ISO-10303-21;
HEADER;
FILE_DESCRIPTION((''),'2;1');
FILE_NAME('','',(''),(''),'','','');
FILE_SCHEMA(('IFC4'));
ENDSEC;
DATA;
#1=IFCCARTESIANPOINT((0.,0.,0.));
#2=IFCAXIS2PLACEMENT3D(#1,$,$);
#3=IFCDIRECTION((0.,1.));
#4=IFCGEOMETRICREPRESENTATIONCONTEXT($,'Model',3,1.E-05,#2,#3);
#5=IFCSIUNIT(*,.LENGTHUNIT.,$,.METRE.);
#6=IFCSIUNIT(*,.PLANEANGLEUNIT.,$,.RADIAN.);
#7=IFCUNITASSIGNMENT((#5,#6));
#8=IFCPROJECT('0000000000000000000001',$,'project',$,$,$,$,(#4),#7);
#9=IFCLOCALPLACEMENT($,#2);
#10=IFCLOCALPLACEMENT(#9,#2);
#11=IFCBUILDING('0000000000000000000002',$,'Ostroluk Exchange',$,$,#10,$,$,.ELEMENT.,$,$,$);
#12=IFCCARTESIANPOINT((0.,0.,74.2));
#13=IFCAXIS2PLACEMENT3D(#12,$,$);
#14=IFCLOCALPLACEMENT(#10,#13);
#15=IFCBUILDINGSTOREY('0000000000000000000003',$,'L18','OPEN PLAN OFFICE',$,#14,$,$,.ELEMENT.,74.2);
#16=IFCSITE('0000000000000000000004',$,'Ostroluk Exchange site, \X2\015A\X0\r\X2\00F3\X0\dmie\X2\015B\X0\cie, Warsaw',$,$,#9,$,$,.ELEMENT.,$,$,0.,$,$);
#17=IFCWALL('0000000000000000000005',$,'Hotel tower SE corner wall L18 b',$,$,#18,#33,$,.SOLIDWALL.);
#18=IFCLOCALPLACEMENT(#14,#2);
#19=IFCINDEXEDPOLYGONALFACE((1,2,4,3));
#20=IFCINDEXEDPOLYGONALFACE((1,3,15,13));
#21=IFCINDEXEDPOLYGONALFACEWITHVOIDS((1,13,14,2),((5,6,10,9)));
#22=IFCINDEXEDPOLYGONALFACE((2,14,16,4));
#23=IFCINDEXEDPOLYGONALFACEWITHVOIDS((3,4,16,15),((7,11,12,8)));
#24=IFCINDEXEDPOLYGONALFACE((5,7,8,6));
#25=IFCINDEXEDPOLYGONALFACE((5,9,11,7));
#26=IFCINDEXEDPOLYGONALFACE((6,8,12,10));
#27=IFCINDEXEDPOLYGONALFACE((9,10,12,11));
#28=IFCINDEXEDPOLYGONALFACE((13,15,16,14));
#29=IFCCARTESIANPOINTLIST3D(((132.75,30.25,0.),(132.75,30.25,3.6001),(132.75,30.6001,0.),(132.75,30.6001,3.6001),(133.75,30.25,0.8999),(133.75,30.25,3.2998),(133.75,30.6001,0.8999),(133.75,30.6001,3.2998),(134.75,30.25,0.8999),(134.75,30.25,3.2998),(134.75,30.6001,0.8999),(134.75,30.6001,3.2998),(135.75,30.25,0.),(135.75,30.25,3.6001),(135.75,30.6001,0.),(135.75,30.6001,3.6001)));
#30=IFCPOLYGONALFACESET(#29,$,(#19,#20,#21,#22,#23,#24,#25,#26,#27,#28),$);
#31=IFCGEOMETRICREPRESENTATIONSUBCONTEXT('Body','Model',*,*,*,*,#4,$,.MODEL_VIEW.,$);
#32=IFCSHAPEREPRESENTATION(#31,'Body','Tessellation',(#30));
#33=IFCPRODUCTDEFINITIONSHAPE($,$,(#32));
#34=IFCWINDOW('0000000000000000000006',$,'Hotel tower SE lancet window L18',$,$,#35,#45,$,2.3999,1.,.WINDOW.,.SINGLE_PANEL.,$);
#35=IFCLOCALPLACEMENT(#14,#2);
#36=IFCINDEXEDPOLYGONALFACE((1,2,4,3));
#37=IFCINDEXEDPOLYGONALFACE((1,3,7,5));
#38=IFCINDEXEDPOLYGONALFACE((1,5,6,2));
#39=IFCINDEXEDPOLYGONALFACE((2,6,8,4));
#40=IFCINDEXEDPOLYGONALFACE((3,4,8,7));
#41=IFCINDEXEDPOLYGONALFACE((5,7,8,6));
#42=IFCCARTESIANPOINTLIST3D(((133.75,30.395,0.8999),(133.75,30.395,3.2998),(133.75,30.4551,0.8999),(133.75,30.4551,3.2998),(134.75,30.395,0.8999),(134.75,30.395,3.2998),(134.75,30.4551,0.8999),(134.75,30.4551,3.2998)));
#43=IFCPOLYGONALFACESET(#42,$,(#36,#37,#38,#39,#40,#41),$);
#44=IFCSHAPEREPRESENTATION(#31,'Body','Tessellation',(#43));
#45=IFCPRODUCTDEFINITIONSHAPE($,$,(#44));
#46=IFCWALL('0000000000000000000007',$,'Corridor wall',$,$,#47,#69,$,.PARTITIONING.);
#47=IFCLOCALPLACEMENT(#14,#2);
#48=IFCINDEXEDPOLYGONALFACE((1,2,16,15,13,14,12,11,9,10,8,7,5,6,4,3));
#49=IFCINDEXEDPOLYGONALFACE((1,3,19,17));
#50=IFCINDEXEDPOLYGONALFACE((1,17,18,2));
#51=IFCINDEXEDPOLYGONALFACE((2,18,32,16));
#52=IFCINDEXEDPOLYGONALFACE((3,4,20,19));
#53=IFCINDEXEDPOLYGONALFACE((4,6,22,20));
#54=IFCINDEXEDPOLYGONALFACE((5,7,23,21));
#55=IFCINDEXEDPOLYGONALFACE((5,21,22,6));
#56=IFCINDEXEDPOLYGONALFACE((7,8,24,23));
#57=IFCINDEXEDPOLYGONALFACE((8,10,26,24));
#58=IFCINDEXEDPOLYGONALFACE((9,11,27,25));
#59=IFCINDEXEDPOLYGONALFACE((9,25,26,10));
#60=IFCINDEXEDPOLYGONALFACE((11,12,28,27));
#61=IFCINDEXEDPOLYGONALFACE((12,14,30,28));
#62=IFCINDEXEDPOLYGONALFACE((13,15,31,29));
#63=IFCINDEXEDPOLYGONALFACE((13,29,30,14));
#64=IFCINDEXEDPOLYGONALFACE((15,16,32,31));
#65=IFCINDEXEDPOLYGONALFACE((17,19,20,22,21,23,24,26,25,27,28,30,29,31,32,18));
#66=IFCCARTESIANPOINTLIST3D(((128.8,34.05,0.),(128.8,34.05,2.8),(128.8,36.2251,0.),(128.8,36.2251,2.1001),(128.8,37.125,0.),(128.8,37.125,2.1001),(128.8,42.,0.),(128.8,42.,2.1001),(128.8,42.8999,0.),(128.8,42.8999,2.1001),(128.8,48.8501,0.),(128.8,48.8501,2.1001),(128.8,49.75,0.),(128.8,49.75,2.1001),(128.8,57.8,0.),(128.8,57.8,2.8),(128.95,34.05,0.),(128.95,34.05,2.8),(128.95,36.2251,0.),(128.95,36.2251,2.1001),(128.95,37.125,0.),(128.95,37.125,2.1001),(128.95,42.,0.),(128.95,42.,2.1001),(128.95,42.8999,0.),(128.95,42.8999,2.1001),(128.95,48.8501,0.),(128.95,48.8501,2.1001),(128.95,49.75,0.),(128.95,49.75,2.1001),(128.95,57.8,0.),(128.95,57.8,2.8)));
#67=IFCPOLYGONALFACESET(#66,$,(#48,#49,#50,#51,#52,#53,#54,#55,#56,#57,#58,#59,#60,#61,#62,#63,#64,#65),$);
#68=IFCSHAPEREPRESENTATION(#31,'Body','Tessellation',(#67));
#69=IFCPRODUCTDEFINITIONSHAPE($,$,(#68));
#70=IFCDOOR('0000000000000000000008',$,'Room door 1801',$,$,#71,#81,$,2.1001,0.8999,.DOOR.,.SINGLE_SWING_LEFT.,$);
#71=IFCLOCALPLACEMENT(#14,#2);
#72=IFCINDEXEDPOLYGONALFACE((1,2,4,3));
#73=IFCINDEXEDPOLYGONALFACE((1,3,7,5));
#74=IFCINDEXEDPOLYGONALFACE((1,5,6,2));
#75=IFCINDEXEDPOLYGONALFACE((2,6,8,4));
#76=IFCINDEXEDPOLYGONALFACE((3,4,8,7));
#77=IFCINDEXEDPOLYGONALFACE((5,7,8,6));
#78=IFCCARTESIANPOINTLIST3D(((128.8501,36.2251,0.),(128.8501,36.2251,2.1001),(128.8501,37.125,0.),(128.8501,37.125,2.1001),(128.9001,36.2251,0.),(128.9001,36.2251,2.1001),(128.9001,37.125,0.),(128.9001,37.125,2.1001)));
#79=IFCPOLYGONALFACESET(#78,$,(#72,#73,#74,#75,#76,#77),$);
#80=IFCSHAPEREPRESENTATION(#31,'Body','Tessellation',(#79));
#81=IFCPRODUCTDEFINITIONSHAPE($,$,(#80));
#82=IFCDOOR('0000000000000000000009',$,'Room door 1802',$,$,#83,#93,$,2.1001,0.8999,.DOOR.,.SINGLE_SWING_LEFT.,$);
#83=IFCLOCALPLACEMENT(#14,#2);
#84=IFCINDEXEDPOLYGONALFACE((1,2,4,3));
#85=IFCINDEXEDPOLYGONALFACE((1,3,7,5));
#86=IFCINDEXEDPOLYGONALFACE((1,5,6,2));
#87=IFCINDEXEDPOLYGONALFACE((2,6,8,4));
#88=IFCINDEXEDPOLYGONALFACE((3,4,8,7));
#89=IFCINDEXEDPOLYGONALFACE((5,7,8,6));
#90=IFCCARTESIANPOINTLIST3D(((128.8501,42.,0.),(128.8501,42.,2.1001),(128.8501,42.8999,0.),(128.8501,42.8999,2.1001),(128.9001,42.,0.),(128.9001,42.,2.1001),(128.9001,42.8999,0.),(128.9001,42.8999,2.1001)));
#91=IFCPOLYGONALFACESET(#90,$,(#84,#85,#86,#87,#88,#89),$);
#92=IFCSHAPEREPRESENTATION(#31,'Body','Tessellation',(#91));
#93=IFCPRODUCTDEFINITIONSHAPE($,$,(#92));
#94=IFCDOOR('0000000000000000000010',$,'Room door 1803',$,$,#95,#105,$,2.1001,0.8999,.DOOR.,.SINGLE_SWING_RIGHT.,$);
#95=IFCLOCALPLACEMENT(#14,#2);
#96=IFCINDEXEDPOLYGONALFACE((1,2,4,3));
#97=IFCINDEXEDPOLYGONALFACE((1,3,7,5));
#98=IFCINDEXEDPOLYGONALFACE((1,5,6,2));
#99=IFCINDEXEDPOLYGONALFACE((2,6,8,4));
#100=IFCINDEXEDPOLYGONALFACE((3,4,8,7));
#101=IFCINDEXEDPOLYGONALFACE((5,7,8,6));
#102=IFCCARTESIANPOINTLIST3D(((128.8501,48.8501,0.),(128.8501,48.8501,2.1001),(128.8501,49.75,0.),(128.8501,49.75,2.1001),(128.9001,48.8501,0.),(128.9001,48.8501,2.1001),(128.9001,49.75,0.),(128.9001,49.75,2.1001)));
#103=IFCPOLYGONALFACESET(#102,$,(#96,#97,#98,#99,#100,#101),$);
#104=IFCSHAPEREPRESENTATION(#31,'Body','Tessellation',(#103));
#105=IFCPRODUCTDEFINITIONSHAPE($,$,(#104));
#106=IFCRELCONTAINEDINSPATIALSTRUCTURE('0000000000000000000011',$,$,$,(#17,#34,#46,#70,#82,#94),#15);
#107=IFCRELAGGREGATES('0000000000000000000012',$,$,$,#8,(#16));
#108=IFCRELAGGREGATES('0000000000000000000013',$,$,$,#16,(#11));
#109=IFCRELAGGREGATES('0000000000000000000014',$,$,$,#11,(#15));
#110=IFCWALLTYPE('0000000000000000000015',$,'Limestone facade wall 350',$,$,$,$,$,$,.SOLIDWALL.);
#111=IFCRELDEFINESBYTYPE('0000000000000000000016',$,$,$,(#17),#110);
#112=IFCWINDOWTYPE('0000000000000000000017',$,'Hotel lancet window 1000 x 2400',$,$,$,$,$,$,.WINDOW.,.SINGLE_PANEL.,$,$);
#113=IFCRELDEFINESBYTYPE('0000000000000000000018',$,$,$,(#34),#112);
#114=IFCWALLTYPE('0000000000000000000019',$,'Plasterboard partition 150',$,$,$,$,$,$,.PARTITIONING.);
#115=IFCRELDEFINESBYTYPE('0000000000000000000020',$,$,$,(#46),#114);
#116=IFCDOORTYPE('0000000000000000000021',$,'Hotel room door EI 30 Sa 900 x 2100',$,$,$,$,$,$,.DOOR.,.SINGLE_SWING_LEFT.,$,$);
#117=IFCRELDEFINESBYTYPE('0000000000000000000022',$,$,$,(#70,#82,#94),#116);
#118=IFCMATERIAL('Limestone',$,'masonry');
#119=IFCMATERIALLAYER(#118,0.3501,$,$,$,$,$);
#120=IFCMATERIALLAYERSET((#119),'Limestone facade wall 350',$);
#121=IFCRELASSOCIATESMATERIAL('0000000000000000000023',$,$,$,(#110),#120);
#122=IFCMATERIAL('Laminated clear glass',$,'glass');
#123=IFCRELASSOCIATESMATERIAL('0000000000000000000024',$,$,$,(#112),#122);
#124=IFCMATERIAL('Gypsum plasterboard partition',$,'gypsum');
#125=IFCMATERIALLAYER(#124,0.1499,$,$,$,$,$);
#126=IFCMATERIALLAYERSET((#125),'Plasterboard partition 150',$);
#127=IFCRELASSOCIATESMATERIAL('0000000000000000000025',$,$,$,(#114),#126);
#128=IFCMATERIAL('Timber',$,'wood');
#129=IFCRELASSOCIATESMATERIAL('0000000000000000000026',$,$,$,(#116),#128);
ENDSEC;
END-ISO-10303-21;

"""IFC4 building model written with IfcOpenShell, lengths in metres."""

from ifc_helpers import new_model, si_unit, direction, frame, frame_2d, origin, place, context, subcontext, project, spatial, rectangle, extrude, material, layer, layer_set, type_object, element, fill, save


model = new_model("IFC4")

# Units and contexts
model_context = context("Model", 3, precision=1e-05, world=origin(), true_north=direction((0.0, 1.0)))
body_context = subcontext(model_context, "Body", "Model", "MODEL_VIEW")
ifc_project = project(units=[si_unit("LENGTHUNIT", "METRE"), si_unit("PLANEANGLEUNIT", "RADIAN")], contexts=[model_context])

# Site, building, storey
site_placement = place(None, origin())
site = spatial("IfcSite", under=ifc_project, at=site_placement, Name="Ostroluk Exchange site, Śródmieście, Warsaw", CompositionType="ELEMENT", RefElevation=0.0)
building_placement = place(site_placement, origin())
building = spatial("IfcBuilding", under=site, at=building_placement, Name="Ostroluk Exchange", CompositionType="ELEMENT")
storey_placement = place(building_placement, frame((0.0, 0.0, 74.2)))
storey = spatial("IfcBuildingStorey", under=building, at=storey_placement, Name="L18", Description="OPEN PLAN OFFICE", CompositionType="ELEMENT", Elevation=74.2)

# Shared definitions
ifc_material_1 = material(Name="Limestone", Category="masonry")
ifc_layer_1 = layer(ifc_material_1, 0.3501)
ifc_layer_set_1 = layer_set([ifc_layer_1], Name="Limestone facade wall 350")
wall_type_1 = type_object("IfcWallType", Name="Limestone facade wall 350", PredefinedType="SOLIDWALL", material=ifc_layer_set_1)

# Wall, opening, window
wall_1_placement = place(storey_placement, frame((132.75, 30.425, 0.0), z_axis=(0.0, 0.0, 1.0), x_axis=(1.0, 0.0, 0.0)))
wall_1 = element("IfcWall", 1, at=wall_1_placement, inside=storey, type_object=wall_type_1, Name="Hotel tower SE corner wall L18 b", PredefinedType="SOLIDWALL", context=body_context, shape_type="SweptSolid", body=[
    extrude(rectangle(XDim=3.0, YDim=0.3501, at=frame_2d((1.5, 0.0))), origin(), (0.0, 0.0, 1.0), 3.6001),
])
opening_1_placement = place(wall_1_placement, frame((1.0, 0.0, 0.8999)))
opening_1 = element("IfcOpeningElement", 2, at=opening_1_placement, cuts=wall_1, PredefinedType="OPENING", context=body_context, shape_type="SweptSolid", body=[
    extrude(rectangle(XDim=1.0, YDim=2.3999, at=frame_2d((0.5, 1.2))), frame((0.0, 0.1851, 0.0), z_axis=(0.0, -1.0, 0.0), x_axis=(1.0, 0.0, 0.0)), (0.0, 0.0, 1.0), 0.3701),
])
ifc_material_2 = material(Name="Laminated clear glass", Category="glass")
window_type = type_object("IfcWindowType", Name="Hotel lancet window 1000 x 2400", PartitioningType="SINGLE_PANEL", PredefinedType="WINDOW", material=ifc_material_2)
window_placement = place(opening_1_placement, origin())
window = element("IfcWindow", 3, at=window_placement, inside=storey, type_object=window_type, Name="Hotel tower SE lancet window L18", OverallHeight=2.3999, OverallWidth=1.0, PartitioningType="SINGLE_PANEL", PredefinedType="WINDOW", context=body_context, shape_type="SweptSolid", body=[
    extrude(rectangle(XDim=1.0, YDim=2.3999, at=frame_2d((0.5, 1.2))), frame((0.0, 0.03, 0.0), z_axis=(0.0, -1.0, 0.0), x_axis=(1.0, 0.0, 0.0)), (0.0, 0.0, 1.0), 0.0601),
])
fill(opening_1, window)

# Wall, openings, doors
ifc_material_3 = material(Name="Gypsum plasterboard partition", Category="gypsum")
ifc_layer_2 = layer(ifc_material_3, 0.1499)
ifc_layer_set_2 = layer_set([ifc_layer_2], Name="Plasterboard partition 150")
wall_type_2 = type_object("IfcWallType", Name="Plasterboard partition 150", PredefinedType="PARTITIONING", material=ifc_layer_set_2)
wall_2_placement = place(storey_placement, frame((128.875, 34.05, 0.0), z_axis=(0.0, 0.0, 1.0), x_axis=(0.0, 1.0, 0.0)))
wall_2 = element("IfcWall", 4, at=wall_2_placement, inside=storey, type_object=wall_type_2, Name="Corridor wall", PredefinedType="PARTITIONING", context=body_context, shape_type="SweptSolid", body=[
    extrude(rectangle(XDim=23.75, YDim=0.1499, at=frame_2d((11.875, 0.0))), origin(), (0.0, 0.0, 1.0), 2.8),
])
opening_2_placement = place(wall_2_placement, frame((2.175, 0.0, 0.0)))
opening_2 = element("IfcOpeningElement", 5, at=opening_2_placement, cuts=wall_2, PredefinedType="OPENING", context=body_context, shape_type="SweptSolid", body=[
    extrude(rectangle(XDim=0.8999, YDim=2.1001, at=frame_2d((0.45, 1.05))), frame((0.0, 0.085, 0.0), z_axis=(0.0, -1.0, 0.0), x_axis=(1.0, 0.0, 0.0)), (0.0, 0.0, 1.0), 0.1699),
])
opening_3_placement = place(wall_2_placement, frame((7.95, 0.0, 0.0)))
opening_3 = element("IfcOpeningElement", 6, at=opening_3_placement, cuts=wall_2, PredefinedType="OPENING", context=body_context, shape_type="SweptSolid", body=[
    extrude(rectangle(XDim=0.8999, YDim=2.1001, at=frame_2d((0.45, 1.05))), frame((0.0, 0.085, 0.0), z_axis=(0.0, -1.0, 0.0), x_axis=(1.0, 0.0, 0.0)), (0.0, 0.0, 1.0), 0.1699),
])
opening_4_placement = place(wall_2_placement, frame((14.8, 0.0, 0.0)))
opening_4 = element("IfcOpeningElement", 7, at=opening_4_placement, cuts=wall_2, PredefinedType="OPENING", context=body_context, shape_type="SweptSolid", body=[
    extrude(rectangle(XDim=0.8999, YDim=2.1001, at=frame_2d((0.45, 1.05))), frame((0.0, 0.085, 0.0), z_axis=(0.0, -1.0, 0.0), x_axis=(1.0, 0.0, 0.0)), (0.0, 0.0, 1.0), 0.1699),
])
ifc_material_4 = material(Name="Timber", Category="wood")
door_type_1 = type_object("IfcDoorType", Name="Hotel room door EI 30 Sa 900 x 2100", OperationType="SINGLE_SWING_LEFT", PredefinedType="DOOR", material=ifc_material_4)
door_1_placement = place(opening_2_placement, origin())
door_1 = element("IfcDoor", 8, at=door_1_placement, inside=storey, type_object=door_type_1, Name="Room door 1801", OperationType="SINGLE_SWING_LEFT", OverallHeight=2.1001, OverallWidth=0.8999, PredefinedType="DOOR", context=body_context, shape_type="SweptSolid", body=[
    extrude(rectangle(XDim=0.8999, YDim=2.1001, at=frame_2d((0.45, 1.05))), frame((0.0, 0.0249, 0.0), z_axis=(0.0, -1.0, 0.0), x_axis=(1.0, 0.0, 0.0)), (0.0, 0.0, 1.0), 0.05),
])
fill(opening_2, door_1)
door_2_placement = place(opening_3_placement, origin())
door_2 = element("IfcDoor", 9, at=door_2_placement, inside=storey, type_object=door_type_1, Name="Room door 1802", OperationType="SINGLE_SWING_LEFT", OverallHeight=2.1001, OverallWidth=0.8999, PredefinedType="DOOR", context=body_context, shape_type="SweptSolid", body=[
    extrude(rectangle(XDim=0.8999, YDim=2.1001, at=frame_2d((0.45, 1.05))), frame((0.0, 0.0249, 0.0), z_axis=(0.0, -1.0, 0.0), x_axis=(1.0, 0.0, 0.0)), (0.0, 0.0, 1.0), 0.05),
])
fill(opening_3, door_2)
door_3_placement = place(opening_4_placement, origin())
door_3 = element("IfcDoor", 10, at=door_3_placement, inside=storey, type_object=door_type_1, Name="Room door 1803", OperationType="SINGLE_SWING_RIGHT", OverallHeight=2.1001, OverallWidth=0.8999, PredefinedType="DOOR", context=body_context, shape_type="SweptSolid", body=[
    extrude(rectangle(XDim=0.8999, YDim=2.1001, at=frame_2d((0.45, 1.05))), frame((0.0, 0.0249, 0.0), z_axis=(0.0, -1.0, 0.0), x_axis=(1.0, 0.0, 0.0)), (0.0, 0.0, 1.0), 0.05),
])
fill(opening_4, door_3)

save(model, "model.ifc")
